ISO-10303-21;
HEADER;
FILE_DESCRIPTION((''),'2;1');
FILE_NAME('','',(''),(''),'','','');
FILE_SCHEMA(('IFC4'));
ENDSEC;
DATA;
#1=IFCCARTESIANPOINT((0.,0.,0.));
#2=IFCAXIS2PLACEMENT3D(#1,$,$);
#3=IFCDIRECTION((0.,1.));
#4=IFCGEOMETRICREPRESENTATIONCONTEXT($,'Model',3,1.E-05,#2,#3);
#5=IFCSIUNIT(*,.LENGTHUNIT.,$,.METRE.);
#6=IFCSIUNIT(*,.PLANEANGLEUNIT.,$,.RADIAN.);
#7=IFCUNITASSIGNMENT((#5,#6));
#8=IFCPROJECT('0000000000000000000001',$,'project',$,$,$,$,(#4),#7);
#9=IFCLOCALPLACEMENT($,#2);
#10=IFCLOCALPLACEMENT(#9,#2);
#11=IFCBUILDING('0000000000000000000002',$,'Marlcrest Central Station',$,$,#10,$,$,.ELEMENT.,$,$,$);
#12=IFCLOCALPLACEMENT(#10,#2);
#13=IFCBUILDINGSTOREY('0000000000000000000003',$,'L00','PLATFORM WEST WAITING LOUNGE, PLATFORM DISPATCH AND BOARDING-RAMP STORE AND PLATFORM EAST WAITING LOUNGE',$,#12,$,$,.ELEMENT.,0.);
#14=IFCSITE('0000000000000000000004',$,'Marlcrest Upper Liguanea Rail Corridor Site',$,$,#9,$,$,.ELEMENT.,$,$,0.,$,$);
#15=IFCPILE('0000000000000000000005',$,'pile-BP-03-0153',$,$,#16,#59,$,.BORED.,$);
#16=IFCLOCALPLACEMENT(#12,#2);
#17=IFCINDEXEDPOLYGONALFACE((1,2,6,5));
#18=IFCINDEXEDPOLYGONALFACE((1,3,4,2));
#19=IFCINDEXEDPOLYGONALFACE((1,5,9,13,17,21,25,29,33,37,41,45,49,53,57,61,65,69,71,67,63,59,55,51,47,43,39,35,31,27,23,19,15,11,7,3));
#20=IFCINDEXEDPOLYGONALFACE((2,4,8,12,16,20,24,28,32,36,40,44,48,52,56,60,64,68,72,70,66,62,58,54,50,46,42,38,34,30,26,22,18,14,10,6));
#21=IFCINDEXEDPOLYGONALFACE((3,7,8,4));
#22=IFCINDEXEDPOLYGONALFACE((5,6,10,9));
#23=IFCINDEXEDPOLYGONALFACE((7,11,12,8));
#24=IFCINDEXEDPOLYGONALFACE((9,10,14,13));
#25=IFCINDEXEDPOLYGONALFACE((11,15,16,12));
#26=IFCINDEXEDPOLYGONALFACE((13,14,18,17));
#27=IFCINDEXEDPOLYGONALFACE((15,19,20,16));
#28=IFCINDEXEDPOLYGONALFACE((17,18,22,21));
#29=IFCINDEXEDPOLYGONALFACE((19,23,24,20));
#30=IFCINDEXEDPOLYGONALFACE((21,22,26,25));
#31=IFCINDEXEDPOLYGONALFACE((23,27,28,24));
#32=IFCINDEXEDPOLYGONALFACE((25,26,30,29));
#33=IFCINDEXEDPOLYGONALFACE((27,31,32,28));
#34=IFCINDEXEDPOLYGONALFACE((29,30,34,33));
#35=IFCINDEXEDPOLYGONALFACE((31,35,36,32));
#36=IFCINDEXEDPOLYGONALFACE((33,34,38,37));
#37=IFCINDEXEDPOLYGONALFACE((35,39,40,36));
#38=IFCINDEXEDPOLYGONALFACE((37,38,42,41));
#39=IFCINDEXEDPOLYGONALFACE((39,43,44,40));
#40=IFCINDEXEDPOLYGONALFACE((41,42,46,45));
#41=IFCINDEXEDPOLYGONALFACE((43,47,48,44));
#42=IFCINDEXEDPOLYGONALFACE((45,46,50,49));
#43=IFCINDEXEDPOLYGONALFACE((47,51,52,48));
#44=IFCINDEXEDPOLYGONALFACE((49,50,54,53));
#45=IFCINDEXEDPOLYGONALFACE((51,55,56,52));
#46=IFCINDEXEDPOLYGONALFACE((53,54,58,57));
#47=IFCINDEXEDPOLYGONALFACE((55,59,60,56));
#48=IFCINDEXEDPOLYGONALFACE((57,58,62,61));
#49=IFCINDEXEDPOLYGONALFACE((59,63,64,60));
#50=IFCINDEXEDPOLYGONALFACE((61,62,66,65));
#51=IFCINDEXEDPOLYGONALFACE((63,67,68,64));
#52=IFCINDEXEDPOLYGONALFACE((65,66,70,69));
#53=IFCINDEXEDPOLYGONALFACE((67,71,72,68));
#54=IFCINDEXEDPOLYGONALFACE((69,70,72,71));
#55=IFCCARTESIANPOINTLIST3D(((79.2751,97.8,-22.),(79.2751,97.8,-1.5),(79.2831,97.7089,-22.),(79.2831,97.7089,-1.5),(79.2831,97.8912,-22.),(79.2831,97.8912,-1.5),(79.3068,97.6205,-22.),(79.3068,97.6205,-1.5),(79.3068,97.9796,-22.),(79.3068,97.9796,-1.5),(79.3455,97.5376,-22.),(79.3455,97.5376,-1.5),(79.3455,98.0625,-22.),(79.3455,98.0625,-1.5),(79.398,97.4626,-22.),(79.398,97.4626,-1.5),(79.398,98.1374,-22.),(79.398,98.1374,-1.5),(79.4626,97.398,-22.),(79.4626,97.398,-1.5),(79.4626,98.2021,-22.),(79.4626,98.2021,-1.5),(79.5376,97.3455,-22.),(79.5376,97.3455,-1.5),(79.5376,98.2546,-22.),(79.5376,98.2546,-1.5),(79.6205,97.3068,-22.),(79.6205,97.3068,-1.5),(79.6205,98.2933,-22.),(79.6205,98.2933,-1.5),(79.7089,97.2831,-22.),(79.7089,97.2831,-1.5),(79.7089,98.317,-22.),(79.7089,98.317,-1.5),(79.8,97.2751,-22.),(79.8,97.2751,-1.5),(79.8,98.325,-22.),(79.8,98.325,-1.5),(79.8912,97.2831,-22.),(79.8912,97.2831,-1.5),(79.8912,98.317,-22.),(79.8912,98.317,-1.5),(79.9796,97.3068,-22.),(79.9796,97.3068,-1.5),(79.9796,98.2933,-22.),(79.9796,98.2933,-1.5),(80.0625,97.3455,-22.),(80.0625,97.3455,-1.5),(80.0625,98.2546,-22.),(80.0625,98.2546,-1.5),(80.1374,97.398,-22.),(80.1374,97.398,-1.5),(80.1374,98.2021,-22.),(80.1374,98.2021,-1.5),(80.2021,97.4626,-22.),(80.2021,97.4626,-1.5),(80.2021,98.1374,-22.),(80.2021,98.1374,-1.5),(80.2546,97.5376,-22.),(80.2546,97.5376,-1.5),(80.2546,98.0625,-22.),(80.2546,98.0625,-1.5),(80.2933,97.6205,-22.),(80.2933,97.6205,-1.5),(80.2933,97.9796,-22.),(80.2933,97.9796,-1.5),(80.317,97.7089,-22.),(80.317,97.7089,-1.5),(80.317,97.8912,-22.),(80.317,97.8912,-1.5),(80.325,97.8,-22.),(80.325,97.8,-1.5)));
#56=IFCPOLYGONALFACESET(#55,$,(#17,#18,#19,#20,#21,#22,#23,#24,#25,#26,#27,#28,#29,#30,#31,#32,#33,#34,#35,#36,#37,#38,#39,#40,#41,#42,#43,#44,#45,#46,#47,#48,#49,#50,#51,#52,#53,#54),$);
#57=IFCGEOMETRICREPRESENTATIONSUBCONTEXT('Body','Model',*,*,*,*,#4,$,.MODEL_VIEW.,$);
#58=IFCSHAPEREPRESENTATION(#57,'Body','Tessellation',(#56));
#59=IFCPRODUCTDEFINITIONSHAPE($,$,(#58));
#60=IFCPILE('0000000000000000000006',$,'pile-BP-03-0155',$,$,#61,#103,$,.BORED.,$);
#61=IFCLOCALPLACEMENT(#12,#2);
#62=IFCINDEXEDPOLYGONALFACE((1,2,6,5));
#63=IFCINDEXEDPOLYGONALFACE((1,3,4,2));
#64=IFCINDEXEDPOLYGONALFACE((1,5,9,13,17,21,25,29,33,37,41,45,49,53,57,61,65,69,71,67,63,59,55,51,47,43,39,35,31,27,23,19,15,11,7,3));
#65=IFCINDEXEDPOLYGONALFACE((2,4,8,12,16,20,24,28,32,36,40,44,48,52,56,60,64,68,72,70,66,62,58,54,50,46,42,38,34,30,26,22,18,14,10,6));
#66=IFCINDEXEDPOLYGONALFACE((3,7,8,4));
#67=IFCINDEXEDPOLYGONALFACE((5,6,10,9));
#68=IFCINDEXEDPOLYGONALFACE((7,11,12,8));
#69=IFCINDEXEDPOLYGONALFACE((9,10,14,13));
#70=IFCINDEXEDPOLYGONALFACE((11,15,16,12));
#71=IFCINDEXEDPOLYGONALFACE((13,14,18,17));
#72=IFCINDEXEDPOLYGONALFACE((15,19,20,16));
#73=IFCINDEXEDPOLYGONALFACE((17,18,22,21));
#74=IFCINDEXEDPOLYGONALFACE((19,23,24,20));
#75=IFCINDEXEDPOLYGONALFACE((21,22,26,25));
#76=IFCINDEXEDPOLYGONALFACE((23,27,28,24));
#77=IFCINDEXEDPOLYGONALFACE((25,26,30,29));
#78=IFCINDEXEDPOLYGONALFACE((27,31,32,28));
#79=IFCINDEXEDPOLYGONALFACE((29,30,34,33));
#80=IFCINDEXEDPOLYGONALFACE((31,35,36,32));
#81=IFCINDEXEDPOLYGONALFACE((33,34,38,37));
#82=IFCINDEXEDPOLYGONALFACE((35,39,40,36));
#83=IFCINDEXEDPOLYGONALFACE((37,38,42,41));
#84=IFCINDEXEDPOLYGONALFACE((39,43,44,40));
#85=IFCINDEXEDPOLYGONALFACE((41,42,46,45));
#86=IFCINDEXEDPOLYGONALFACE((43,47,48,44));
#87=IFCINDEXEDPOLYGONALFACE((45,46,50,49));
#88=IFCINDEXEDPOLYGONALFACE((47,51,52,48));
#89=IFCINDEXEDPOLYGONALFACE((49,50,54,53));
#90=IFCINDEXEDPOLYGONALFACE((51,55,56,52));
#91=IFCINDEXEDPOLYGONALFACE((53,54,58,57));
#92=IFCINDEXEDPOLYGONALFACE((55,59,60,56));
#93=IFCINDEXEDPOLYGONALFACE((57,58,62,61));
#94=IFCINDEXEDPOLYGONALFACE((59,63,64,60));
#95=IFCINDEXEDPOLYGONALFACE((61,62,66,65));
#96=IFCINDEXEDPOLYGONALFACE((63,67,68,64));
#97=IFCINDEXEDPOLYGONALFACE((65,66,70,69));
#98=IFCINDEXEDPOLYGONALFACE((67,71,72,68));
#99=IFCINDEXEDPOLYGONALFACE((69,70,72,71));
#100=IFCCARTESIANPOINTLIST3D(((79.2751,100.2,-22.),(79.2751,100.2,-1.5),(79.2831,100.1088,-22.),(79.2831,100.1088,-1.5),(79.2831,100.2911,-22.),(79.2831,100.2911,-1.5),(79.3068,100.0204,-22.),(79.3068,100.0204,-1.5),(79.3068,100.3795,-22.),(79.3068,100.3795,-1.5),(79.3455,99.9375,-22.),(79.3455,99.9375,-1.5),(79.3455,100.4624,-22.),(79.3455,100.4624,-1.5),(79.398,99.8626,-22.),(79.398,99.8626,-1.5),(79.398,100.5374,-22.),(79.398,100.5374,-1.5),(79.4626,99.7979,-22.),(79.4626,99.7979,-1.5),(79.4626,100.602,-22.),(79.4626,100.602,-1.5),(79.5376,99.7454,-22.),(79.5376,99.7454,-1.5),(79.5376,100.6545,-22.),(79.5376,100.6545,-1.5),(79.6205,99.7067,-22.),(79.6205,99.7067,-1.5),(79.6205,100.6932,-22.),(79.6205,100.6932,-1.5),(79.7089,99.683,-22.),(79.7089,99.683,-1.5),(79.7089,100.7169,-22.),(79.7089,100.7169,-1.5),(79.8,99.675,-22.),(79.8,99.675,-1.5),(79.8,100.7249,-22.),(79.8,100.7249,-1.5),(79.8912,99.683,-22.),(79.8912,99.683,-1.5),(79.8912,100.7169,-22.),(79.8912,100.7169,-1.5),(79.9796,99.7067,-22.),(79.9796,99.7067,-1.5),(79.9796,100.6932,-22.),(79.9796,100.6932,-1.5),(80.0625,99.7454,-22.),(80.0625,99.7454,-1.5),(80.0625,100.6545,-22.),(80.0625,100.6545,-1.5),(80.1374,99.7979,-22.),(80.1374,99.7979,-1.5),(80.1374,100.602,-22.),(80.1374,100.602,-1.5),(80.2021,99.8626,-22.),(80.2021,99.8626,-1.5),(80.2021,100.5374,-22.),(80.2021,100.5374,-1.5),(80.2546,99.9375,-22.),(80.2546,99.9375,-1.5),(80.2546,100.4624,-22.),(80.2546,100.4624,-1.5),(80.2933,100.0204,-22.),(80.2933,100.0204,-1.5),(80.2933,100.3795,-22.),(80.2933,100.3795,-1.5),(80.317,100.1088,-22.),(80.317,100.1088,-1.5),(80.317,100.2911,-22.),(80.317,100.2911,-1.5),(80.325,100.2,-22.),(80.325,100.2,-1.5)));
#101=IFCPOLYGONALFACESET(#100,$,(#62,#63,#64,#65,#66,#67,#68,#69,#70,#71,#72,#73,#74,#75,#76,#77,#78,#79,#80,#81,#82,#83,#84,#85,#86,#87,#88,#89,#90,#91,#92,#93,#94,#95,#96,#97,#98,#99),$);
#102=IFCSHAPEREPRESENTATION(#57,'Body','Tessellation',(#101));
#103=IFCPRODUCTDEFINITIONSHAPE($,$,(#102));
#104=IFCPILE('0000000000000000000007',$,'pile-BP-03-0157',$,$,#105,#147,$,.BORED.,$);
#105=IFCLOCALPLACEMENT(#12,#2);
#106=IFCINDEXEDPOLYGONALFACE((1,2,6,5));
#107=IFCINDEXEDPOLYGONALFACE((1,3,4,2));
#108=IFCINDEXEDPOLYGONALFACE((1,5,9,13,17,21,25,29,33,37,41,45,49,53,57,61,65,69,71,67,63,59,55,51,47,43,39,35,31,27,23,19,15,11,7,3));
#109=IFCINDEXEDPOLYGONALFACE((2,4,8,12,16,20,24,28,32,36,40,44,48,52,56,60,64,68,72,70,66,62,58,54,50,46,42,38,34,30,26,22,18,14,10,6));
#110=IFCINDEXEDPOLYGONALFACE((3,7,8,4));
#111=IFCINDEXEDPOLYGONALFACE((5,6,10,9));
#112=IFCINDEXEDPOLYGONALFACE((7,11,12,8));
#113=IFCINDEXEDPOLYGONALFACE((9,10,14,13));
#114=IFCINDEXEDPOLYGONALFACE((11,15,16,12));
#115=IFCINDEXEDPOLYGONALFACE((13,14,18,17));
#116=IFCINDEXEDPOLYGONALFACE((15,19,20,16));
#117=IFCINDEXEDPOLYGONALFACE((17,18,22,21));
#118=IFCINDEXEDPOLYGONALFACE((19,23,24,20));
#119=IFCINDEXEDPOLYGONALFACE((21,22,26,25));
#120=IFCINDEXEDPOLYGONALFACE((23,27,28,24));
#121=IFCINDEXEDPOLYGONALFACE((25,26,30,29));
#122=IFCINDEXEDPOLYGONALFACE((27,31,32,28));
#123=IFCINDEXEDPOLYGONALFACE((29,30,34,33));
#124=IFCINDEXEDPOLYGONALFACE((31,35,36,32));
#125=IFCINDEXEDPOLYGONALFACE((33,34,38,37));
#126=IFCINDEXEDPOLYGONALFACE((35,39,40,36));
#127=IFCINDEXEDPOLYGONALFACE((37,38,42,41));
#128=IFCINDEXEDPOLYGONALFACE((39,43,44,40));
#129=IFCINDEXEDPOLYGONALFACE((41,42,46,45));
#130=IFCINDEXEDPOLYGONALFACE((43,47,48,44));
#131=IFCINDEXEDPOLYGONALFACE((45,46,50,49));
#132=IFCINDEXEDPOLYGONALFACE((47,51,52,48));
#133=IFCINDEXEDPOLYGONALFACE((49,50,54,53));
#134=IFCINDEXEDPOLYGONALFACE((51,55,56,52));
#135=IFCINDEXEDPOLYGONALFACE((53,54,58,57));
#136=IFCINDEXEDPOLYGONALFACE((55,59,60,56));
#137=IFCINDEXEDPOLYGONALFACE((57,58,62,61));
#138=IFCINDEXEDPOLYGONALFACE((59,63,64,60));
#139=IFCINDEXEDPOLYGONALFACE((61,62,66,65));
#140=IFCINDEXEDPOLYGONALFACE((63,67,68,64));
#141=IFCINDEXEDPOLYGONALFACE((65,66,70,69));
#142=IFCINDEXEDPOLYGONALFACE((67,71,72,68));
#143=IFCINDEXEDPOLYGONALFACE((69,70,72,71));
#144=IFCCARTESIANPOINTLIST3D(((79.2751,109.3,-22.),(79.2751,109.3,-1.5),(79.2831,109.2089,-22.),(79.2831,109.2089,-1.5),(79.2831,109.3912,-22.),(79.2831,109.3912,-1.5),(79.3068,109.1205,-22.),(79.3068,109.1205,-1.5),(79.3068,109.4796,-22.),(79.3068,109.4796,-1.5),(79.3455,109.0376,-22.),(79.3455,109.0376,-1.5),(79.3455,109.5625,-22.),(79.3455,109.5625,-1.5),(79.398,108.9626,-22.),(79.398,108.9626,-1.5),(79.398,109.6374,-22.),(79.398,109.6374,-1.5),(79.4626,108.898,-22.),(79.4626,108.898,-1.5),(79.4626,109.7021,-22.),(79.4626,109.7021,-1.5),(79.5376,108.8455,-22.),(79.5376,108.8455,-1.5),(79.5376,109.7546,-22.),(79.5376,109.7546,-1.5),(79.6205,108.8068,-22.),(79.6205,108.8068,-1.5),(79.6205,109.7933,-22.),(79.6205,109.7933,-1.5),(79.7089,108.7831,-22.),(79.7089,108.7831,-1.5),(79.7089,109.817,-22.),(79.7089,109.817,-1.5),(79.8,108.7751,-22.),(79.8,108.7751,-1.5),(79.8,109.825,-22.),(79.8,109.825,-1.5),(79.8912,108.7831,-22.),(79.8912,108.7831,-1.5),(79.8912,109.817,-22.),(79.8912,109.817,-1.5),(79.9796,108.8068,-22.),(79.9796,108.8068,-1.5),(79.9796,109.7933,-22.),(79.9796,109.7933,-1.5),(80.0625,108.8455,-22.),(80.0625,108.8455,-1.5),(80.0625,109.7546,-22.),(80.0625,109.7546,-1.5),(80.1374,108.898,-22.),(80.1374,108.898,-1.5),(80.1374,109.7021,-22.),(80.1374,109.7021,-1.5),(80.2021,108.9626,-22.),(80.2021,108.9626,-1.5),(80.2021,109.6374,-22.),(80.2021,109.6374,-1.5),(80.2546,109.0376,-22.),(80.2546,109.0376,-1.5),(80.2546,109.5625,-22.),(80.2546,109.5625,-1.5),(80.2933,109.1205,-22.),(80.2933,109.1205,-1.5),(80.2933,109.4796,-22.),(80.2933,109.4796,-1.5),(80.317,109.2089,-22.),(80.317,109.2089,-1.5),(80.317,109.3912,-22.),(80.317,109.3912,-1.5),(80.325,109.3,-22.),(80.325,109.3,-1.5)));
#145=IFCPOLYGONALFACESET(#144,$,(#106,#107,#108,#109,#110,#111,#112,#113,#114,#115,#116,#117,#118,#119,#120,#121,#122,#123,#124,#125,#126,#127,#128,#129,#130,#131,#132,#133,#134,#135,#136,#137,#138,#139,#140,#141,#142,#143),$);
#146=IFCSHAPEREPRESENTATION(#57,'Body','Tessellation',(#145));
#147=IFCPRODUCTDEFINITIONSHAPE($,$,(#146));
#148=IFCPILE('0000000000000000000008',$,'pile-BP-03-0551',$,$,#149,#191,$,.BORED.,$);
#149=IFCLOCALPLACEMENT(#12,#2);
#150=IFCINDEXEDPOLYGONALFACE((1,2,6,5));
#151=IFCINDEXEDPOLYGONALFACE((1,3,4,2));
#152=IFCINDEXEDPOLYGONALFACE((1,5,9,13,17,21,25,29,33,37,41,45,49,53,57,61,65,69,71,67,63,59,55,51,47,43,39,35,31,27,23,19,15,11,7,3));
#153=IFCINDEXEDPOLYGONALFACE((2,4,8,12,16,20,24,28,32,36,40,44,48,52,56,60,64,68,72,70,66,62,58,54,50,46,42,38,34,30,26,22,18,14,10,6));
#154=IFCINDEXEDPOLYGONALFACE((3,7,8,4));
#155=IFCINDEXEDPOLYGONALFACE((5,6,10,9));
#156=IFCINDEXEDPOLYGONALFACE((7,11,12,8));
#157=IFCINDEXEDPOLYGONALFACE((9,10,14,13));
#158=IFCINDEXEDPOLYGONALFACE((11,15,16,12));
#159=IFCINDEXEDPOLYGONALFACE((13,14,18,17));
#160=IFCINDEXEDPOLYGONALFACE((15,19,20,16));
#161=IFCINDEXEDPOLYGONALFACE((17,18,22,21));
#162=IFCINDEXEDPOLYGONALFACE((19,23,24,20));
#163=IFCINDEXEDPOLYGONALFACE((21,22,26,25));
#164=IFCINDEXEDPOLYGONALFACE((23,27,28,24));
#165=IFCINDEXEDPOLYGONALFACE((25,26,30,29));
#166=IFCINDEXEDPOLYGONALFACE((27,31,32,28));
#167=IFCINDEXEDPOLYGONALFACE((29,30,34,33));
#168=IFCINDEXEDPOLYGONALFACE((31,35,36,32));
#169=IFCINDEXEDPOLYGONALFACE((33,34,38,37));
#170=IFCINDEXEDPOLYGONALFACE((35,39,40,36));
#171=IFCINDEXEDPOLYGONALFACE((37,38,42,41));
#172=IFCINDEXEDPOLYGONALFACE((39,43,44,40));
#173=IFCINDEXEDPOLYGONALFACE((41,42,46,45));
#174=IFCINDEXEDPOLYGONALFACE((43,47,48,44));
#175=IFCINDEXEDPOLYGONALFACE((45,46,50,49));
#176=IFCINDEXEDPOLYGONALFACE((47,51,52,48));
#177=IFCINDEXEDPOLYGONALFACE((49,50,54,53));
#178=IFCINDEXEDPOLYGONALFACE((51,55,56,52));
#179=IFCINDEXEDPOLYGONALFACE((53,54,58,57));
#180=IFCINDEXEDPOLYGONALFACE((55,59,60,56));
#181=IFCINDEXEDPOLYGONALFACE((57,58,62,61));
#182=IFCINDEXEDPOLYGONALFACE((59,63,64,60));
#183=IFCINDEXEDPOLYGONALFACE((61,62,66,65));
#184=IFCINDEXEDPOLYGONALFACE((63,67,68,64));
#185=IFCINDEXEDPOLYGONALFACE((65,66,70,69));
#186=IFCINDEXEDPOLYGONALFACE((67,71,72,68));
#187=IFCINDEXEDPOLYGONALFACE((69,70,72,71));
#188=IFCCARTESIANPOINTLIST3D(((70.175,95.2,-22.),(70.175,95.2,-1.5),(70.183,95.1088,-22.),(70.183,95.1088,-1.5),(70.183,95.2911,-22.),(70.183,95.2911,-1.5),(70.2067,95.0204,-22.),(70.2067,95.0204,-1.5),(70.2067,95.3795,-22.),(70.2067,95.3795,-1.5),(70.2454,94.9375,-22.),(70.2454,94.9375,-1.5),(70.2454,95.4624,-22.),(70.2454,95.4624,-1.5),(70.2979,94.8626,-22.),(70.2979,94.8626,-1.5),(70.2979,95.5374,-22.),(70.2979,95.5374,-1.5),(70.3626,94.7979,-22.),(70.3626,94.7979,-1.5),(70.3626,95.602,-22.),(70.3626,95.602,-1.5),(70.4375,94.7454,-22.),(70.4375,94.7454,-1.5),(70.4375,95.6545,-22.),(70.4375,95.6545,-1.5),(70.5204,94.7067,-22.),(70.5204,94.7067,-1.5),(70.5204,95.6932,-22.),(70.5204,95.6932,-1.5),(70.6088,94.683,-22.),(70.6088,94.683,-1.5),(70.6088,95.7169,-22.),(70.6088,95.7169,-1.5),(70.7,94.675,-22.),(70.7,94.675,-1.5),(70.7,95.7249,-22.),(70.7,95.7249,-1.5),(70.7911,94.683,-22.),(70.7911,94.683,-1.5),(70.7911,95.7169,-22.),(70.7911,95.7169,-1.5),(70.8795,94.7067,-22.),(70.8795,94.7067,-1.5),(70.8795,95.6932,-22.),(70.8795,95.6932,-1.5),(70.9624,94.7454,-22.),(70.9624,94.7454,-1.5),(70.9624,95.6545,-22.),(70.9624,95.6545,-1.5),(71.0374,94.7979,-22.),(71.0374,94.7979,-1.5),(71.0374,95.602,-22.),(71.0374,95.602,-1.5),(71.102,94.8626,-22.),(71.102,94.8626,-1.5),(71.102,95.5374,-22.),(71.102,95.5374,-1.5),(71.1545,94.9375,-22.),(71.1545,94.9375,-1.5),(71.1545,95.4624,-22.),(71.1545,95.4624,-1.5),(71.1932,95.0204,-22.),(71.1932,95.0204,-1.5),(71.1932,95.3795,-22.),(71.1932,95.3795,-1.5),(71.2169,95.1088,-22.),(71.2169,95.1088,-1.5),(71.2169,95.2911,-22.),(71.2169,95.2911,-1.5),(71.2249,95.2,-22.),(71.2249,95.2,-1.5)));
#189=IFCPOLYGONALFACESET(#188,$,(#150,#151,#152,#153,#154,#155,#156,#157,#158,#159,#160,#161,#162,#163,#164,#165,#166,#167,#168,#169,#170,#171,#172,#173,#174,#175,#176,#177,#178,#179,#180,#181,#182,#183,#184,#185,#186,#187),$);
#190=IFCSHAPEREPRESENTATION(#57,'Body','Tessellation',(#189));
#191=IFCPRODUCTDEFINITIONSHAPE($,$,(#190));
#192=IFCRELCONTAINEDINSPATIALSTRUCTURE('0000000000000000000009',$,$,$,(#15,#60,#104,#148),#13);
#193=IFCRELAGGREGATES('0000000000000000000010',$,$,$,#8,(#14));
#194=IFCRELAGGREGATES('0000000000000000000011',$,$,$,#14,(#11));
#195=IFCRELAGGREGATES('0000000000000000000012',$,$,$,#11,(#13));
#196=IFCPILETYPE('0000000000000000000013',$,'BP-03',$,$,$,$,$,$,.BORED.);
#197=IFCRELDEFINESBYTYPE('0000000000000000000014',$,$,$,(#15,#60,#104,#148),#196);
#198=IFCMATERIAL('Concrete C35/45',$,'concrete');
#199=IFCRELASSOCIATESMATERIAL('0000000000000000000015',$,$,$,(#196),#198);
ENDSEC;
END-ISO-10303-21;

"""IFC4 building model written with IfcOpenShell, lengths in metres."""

from ifc_helpers import new_model, si_unit, direction, frame, origin, origin_2d, place, context, subcontext, project, spatial, circle, extrude, material, material_profile, profile_set, type_object, element, save


model = new_model("IFC4")

# Units and contexts
model_context = context("Model", 3, precision=1e-05, world=origin(), true_north=direction((0.0, 1.0)))
body_context = subcontext(model_context, "Body", "Model", "MODEL_VIEW")
ifc_project = project(units=[si_unit("LENGTHUNIT", "METRE"), si_unit("PLANEANGLEUNIT", "RADIAN")], contexts=[model_context])

# Site, building, storey
site_placement = place(None, origin())
site = spatial("IfcSite", under=ifc_project, at=site_placement, Name="Marlcrest Upper Liguanea Rail Corridor Site", CompositionType="ELEMENT", RefElevation=0.0)
building_placement = place(site_placement, origin())
building = spatial("IfcBuilding", under=site, at=building_placement, Name="Marlcrest Central Station", CompositionType="ELEMENT")
storey_placement = place(building_placement, origin())
storey = spatial("IfcBuildingStorey", under=building, at=storey_placement, Name="L00", Description="PLATFORM WEST WAITING LOUNGE, PLATFORM DISPATCH AND BOARDING-RAMP STORE AND PLATFORM EAST WAITING LOUNGE", CompositionType="ELEMENT", Elevation=0.0)

# Piles
ifc_material_1 = material(Name="Concrete C35/45", Category="concrete")
ifc_material_profile_1 = material_profile(ifc_material_1, circle(Radius=0.5249, at=origin_2d()), Name="PILE D1050")
ifc_profile_set_1 = profile_set([ifc_material_profile_1], Name="Concrete C35/45")
pile_type = type_object("IfcPileType", Name="BP-03", PredefinedType="BORED", material=ifc_profile_set_1)
for number, where, z_axis, x_axis, name in (
    (1, (79.8, 97.8, -1.5), (0.0, 0.0, -1.0), (1.0, 0.0, 0.0), "pile-BP-03-0153"),
    (2, (79.8, 100.2, -1.5), (0.0, 0.0, -1.0), (1.0, 0.0, 0.0), "pile-BP-03-0155"),
    (3, (79.8, 109.3, -1.5), (0.0, 0.0, -1.0), (1.0, 0.0, 0.0), "pile-BP-03-0157"),
    (4, (70.7, 95.2, -1.5), (0.0, 0.0, -1.0), (1.0, 0.0, 0.0), "pile-BP-03-0551"),
):
    element("IfcPile", number, at=place(storey_placement, frame(where, z_axis=z_axis, x_axis=x_axis)), inside=storey, type_object=pile_type, Name=name, PredefinedType="BORED", context=body_context, shape_type="SweptSolid", body=[
        extrude(circle(Radius=0.5249, at=origin_2d()), origin(), (0.0, 0.0, 1.0), 20.5),
    ])

save(model, "model.ifc")
